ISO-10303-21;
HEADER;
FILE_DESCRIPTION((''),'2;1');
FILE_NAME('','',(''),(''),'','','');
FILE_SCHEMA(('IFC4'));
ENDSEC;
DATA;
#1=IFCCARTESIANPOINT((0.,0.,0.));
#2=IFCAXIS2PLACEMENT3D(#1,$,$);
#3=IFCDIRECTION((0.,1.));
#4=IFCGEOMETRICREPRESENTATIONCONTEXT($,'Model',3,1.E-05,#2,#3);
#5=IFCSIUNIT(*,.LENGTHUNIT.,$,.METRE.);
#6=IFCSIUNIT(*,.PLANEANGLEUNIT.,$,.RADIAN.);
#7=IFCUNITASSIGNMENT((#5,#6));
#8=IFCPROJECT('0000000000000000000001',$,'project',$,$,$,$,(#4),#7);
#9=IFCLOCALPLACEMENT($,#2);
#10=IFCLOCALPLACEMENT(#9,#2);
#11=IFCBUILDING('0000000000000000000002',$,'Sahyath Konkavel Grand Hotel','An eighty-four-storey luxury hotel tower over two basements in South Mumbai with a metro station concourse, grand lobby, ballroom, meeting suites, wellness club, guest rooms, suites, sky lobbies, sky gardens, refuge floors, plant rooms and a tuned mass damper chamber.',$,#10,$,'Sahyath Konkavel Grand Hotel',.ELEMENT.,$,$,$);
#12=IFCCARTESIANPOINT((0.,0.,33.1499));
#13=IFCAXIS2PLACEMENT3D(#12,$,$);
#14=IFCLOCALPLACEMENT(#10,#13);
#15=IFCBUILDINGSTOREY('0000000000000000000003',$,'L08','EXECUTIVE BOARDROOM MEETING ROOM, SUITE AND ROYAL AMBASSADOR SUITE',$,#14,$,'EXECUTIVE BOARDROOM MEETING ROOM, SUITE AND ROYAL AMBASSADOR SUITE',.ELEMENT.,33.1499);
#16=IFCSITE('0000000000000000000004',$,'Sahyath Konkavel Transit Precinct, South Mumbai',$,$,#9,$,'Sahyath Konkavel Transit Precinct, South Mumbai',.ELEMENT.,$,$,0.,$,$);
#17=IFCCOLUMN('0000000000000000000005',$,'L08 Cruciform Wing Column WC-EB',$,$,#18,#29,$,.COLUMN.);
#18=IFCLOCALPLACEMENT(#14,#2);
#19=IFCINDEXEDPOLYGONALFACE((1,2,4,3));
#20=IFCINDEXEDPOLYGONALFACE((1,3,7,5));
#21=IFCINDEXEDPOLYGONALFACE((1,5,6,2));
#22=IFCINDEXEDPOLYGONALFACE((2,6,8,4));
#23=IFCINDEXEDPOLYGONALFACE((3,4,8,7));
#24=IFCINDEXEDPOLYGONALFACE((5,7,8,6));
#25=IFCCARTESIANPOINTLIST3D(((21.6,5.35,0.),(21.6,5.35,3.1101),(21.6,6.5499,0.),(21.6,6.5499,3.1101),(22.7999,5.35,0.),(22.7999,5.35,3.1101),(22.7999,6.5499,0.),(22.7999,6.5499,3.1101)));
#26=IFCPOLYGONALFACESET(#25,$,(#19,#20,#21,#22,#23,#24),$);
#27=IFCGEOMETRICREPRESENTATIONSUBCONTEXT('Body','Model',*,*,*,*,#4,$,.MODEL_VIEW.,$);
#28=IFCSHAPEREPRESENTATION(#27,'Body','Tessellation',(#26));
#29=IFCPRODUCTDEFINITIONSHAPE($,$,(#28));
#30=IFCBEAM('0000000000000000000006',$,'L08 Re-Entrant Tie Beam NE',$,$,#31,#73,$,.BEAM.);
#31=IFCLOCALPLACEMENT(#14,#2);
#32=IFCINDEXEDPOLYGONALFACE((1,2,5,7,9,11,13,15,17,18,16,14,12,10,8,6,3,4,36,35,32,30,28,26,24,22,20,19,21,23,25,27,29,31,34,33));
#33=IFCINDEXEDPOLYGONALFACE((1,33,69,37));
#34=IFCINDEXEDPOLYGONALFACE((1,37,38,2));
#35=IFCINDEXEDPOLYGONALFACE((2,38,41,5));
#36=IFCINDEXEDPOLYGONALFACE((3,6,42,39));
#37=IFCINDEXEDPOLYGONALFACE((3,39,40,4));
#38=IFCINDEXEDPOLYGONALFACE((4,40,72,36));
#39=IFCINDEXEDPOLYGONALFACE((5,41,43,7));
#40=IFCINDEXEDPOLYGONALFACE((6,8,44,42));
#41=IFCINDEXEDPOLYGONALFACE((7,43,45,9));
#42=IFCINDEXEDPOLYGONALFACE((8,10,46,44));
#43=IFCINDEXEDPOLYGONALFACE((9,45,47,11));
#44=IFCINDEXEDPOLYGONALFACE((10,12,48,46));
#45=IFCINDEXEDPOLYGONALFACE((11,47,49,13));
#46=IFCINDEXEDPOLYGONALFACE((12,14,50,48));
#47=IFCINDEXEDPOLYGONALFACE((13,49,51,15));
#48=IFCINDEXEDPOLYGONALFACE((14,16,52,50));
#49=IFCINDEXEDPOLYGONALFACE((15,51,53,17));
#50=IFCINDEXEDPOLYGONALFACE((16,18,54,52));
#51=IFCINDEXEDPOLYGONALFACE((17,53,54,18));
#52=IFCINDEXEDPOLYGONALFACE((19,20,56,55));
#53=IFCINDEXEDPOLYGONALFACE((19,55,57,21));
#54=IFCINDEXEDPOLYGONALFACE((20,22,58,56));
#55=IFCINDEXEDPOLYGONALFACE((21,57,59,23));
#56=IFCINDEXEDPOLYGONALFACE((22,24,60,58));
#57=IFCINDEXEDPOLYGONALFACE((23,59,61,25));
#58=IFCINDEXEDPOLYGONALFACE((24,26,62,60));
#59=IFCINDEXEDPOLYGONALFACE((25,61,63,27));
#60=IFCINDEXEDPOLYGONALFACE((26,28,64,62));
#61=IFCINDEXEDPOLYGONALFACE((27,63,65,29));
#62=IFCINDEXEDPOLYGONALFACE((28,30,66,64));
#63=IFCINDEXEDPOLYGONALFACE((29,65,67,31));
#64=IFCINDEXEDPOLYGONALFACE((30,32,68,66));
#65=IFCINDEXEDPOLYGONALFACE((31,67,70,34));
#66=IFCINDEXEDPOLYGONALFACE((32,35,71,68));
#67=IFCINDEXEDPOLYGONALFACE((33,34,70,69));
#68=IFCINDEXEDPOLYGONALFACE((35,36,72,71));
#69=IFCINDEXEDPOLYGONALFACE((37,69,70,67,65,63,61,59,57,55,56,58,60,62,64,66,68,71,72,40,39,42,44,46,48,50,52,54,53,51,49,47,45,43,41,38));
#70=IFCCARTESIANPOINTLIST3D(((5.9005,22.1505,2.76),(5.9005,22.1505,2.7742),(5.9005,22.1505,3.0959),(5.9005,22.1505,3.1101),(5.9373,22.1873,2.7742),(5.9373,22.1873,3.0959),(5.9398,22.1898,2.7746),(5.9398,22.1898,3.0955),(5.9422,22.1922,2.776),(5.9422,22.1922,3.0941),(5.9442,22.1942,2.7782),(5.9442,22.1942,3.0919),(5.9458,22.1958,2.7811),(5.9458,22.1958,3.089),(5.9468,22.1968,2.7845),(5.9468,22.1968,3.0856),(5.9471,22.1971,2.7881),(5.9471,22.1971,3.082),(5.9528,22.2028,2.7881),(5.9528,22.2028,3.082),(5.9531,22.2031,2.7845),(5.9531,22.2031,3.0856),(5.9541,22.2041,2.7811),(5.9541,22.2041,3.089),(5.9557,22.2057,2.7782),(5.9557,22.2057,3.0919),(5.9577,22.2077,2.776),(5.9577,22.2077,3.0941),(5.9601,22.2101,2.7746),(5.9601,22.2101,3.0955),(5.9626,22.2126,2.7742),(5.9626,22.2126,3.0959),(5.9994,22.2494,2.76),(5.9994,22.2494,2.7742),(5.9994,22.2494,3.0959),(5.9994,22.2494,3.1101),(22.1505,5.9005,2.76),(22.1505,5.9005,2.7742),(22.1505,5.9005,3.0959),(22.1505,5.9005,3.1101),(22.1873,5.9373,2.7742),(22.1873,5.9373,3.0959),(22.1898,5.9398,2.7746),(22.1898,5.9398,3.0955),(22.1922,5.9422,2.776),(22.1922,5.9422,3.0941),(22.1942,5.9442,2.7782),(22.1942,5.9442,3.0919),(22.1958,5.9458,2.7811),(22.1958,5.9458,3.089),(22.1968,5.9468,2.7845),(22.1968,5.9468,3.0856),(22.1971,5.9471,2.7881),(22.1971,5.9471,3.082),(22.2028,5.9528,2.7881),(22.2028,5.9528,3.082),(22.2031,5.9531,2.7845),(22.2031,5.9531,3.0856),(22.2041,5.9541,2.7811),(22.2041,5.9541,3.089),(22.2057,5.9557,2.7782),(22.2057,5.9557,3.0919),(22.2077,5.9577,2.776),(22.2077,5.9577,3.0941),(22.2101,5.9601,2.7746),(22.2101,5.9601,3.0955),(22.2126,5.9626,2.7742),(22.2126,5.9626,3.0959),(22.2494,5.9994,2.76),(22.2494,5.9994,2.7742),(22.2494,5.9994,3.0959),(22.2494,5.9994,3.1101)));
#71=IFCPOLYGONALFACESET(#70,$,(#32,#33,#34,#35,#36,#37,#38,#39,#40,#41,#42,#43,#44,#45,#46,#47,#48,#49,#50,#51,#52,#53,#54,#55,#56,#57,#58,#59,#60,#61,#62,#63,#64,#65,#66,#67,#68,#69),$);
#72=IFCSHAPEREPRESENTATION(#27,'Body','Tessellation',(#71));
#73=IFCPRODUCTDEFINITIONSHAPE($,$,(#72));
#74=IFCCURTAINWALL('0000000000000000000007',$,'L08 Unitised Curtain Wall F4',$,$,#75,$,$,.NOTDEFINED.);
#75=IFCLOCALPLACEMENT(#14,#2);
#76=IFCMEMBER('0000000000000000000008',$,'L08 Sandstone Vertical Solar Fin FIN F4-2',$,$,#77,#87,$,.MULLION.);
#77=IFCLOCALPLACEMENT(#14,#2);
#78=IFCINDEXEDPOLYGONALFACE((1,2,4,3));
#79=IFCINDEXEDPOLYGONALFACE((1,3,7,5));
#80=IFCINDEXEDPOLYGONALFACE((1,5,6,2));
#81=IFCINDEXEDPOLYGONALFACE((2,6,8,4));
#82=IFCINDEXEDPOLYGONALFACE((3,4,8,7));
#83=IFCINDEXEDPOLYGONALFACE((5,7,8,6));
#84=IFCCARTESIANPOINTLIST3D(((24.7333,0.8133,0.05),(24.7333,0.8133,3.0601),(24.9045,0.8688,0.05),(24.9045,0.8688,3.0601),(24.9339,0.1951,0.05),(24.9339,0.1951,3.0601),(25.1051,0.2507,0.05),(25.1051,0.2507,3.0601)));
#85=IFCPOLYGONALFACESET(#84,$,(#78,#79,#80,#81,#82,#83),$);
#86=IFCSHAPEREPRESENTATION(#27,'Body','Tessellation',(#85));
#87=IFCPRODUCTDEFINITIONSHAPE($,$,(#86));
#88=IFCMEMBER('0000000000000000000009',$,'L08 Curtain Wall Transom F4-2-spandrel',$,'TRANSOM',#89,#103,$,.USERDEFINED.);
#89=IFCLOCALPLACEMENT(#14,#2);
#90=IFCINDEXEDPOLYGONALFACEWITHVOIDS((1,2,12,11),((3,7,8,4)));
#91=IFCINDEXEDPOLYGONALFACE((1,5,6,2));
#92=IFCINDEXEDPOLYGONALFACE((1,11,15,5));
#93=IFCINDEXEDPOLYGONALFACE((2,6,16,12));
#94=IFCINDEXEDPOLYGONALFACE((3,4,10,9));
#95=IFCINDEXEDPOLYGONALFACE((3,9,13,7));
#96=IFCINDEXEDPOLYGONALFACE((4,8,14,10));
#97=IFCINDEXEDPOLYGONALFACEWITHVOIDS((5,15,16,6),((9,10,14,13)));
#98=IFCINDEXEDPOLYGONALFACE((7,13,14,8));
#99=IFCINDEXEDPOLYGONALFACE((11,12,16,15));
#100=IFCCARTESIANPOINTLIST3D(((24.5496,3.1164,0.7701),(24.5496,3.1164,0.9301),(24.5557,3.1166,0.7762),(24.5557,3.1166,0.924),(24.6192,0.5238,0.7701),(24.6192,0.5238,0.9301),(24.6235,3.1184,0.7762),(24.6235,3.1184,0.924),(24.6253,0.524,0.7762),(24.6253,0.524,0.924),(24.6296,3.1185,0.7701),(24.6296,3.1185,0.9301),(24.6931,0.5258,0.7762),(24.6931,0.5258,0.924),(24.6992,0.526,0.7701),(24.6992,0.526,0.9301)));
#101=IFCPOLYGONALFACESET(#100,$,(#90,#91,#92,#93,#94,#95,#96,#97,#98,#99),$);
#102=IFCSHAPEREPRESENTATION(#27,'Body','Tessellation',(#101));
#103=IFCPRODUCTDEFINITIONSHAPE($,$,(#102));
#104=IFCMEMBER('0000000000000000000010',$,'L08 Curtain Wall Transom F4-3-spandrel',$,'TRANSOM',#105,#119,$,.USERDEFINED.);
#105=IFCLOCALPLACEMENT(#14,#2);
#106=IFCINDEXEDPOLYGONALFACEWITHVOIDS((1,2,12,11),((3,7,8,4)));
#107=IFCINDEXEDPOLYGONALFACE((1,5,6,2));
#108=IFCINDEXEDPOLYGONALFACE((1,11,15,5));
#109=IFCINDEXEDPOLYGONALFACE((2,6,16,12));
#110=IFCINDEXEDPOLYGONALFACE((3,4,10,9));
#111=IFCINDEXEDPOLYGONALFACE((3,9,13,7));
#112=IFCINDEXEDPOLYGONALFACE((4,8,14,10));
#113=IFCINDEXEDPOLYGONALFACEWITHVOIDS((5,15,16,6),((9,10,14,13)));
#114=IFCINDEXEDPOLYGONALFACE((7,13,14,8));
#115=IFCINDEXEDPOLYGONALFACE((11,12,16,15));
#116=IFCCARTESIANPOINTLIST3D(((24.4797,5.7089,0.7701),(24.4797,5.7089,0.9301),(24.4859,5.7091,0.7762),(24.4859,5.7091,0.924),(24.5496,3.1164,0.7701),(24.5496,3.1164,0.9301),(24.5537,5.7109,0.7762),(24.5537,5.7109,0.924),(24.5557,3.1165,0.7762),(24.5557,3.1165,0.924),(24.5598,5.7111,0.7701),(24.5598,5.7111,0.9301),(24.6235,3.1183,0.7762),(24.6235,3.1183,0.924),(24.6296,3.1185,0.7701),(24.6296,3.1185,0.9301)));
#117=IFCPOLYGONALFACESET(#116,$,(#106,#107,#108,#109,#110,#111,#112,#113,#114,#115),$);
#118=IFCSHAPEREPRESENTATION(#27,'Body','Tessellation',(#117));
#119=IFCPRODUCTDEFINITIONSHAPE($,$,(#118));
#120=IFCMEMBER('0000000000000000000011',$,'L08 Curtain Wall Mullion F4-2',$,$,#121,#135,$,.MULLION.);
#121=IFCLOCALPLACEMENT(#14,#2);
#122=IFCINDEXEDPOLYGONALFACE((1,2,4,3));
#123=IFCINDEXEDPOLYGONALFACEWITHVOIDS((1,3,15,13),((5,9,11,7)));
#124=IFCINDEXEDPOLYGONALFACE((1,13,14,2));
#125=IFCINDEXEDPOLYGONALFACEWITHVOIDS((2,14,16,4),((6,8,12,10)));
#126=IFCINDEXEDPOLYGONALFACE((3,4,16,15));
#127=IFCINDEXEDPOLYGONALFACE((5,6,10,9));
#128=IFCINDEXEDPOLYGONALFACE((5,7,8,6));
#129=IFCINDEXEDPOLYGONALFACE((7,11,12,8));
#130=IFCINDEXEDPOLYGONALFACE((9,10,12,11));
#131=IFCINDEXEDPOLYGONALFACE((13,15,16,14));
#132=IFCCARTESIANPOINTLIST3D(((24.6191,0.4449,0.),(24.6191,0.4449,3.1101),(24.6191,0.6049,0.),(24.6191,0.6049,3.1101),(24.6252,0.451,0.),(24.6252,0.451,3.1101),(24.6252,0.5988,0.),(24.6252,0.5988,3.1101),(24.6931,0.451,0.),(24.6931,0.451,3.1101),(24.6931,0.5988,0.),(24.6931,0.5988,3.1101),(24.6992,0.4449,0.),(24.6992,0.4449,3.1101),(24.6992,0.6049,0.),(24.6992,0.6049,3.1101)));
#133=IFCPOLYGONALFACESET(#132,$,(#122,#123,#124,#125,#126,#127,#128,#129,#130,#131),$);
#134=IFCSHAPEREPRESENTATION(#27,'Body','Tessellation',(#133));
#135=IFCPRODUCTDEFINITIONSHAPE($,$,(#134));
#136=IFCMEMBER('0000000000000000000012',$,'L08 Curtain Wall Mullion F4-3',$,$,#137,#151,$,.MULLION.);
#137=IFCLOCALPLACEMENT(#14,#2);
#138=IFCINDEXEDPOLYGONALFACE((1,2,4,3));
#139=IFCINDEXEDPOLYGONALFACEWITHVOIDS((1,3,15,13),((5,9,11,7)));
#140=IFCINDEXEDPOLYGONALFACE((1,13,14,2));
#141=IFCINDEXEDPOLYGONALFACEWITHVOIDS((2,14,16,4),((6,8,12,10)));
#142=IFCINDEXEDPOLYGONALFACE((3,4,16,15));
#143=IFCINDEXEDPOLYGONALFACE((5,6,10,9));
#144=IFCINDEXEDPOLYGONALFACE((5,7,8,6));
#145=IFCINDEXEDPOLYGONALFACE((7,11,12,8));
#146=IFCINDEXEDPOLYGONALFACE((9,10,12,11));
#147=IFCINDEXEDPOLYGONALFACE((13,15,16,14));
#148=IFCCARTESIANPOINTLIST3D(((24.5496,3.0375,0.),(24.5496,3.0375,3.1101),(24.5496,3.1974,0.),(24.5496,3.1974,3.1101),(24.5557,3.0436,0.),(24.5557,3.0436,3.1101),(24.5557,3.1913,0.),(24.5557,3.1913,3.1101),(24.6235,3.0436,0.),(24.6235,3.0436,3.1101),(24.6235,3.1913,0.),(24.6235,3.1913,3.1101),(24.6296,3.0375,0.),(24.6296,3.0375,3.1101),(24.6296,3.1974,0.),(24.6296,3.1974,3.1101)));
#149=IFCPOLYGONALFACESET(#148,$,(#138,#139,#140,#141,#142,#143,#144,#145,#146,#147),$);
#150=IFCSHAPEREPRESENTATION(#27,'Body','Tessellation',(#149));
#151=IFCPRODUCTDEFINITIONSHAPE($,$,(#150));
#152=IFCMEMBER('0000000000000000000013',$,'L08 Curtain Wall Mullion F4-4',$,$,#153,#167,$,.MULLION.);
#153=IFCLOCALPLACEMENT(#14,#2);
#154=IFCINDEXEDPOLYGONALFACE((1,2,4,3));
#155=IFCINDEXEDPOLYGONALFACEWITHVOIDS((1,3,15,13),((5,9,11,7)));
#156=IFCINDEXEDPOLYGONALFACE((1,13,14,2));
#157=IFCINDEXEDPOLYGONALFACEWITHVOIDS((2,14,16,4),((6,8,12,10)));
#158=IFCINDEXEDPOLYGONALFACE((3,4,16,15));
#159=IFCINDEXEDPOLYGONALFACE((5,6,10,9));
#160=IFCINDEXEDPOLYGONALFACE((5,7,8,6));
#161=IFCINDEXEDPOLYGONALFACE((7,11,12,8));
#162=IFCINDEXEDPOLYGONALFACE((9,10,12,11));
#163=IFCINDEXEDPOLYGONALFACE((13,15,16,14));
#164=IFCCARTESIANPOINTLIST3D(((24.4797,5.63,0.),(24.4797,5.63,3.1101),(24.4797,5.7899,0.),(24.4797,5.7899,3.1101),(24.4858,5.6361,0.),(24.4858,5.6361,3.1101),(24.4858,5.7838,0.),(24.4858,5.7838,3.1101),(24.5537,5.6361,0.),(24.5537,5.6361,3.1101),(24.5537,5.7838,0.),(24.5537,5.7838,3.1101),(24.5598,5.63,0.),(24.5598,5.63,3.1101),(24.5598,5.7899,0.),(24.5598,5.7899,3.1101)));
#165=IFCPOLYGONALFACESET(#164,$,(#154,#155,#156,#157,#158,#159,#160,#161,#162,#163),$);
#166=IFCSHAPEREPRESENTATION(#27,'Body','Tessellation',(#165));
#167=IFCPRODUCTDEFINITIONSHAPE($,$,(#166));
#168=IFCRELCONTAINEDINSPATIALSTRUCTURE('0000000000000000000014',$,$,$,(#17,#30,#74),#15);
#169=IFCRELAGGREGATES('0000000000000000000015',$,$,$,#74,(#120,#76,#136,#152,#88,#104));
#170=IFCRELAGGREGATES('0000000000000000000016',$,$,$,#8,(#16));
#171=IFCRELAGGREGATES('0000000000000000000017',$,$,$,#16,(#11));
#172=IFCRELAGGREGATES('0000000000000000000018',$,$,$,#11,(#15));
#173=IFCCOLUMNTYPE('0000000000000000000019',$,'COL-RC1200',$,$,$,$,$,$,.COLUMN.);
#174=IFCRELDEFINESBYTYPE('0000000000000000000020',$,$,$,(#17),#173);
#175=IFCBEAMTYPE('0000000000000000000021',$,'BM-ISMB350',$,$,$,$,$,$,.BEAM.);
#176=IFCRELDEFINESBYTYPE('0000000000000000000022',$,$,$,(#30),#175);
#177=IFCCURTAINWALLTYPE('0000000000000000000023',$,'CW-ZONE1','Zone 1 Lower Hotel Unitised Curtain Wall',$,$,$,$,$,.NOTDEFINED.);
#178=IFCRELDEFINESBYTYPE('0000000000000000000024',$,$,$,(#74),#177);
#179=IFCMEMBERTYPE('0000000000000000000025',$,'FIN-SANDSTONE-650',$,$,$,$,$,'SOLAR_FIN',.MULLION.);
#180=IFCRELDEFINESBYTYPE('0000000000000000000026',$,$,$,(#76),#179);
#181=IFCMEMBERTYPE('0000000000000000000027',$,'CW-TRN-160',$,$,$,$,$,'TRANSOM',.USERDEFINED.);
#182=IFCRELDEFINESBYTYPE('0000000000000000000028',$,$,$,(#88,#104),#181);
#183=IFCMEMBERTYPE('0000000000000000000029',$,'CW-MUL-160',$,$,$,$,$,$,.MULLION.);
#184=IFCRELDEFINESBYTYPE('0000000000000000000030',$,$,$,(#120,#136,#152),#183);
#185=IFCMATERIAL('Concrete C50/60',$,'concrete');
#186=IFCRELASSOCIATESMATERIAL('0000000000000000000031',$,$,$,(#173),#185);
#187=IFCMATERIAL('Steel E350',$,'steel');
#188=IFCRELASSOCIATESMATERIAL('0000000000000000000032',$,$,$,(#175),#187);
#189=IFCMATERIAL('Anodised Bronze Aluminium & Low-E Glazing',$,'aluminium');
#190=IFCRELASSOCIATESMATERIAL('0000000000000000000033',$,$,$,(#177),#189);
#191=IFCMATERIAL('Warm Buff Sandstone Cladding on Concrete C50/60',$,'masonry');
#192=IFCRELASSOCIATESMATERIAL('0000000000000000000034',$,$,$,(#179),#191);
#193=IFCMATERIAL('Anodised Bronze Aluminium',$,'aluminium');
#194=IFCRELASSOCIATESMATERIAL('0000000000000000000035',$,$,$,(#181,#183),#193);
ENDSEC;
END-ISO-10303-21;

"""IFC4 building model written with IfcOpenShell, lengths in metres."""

from ifc_helpers import new_model, si_unit, direction, frame, origin, origin_2d, place, context, subcontext, project, spatial, rectangle, hollow_rectangle, i_section, extrude, source, transform, mapped, material, material_profile, profile_set, type_object, element, aggregate, save


model = new_model("IFC4")

# Units and contexts
model_context = context("Model", 3, precision=1e-05, world=origin(), true_north=direction((0.0, 1.0)))
body_context = subcontext(model_context, "Body", "Model", "MODEL_VIEW")
ifc_project = project(units=[si_unit("LENGTHUNIT", "METRE"), si_unit("PLANEANGLEUNIT", "RADIAN")], contexts=[model_context])

# Site, building, storey
site_placement = place(None, origin())
site = spatial("IfcSite", under=ifc_project, at=site_placement, Name="Sahyath Konkavel Transit Precinct, South Mumbai", LongName="Sahyath Konkavel Transit Precinct, South Mumbai", CompositionType="ELEMENT", RefElevation=0.0)
building_placement = place(site_placement, origin())
building = spatial("IfcBuilding", under=site, at=building_placement, Name="Sahyath Konkavel Grand Hotel", Description="An eighty-four-storey luxury hotel tower over two basements in South Mumbai with a metro station concourse, grand lobby, ballroom, meeting suites, wellness club, guest rooms, suites, sky lobbies, sky gardens, refuge floors, plant rooms and a tuned mass damper chamber.", LongName="Sahyath Konkavel Grand Hotel", CompositionType="ELEMENT")
storey_placement = place(building_placement, frame((0.0, 0.0, 33.1499)))
storey = spatial("IfcBuildingStorey", under=building, at=storey_placement, Name="L08", Description="EXECUTIVE BOARDROOM MEETING ROOM, SUITE AND ROYAL AMBASSADOR SUITE", LongName="EXECUTIVE BOARDROOM MEETING ROOM, SUITE AND ROYAL AMBASSADOR SUITE", CompositionType="ELEMENT", Elevation=33.1499)

# Column
ifc_material_1 = material(Name="Concrete C50/60", Category="concrete")
ifc_material_profile_1 = material_profile(ifc_material_1, rectangle(XDim=1.2, YDim=1.2, at=origin_2d()), Name="RC 1200x1200")
ifc_profile_set_1 = profile_set([ifc_material_profile_1], Name="Concrete C50/60")
column_type = type_object("IfcColumnType", Name="COL-RC1200", PredefinedType="COLUMN", material=ifc_profile_set_1)
shared_shape_1 = source(origin(), body_context, "Body", "SweptSolid", [
    extrude(rectangle(XDim=1.2, YDim=1.2, at=origin_2d()), origin(), (0.0, 0.0, 1.0), 3.1101),
])
column_placement = place(storey_placement, frame((22.2, 5.95, 0.0), z_axis=(0.0, 0.0, 1.0), x_axis=(1.0, 0.0, 0.0)))
element("IfcColumn", 1, at=column_placement, inside=storey, type_object=column_type, Name="L08 Cruciform Wing Column WC-EB", PredefinedType="COLUMN", context=body_context, shape_type="MappedRepresentation", body=[
    mapped(shared_shape_1, transform((0.0, 0.0, 0.0), scale=1.0)),
])

# Beam
ifc_material_2 = material(Name="Steel E350", Category="steel")
ifc_material_profile_2 = material_profile(ifc_material_2, i_section(OverallWidth=0.1399, OverallDepth=0.3501, WebThickness=0.0081, FlangeThickness=0.0142, FilletRadius=0.0139, at=origin_2d()), Name="ISMB 350")
ifc_profile_set_2 = profile_set([ifc_material_profile_2], Name="Steel E350")
beam_type_1 = type_object("IfcBeamType", Name="BM-ISMB350", PredefinedType="BEAM", material=ifc_profile_set_2)
shared_shape_2 = source(origin(), body_context, "Body", "SweptSolid", [
    extrude(i_section(OverallWidth=0.1399, OverallDepth=0.3501, WebThickness=0.0081, FlangeThickness=0.0142, FilletRadius=0.0139, at=origin_2d()), origin(), (0.0, 0.0, 1.0), 22.981),
])
beam_1_placement = place(storey_placement, frame((22.2, 5.95, 2.9351), z_axis=(-0.707107, 0.707107, 0.0), x_axis=(-0.707107, -0.707107, 0.0)))
element("IfcBeam", 2, at=beam_1_placement, inside=storey, type_object=beam_type_1, Name="L08 Re-Entrant Tie Beam NE", PredefinedType="BEAM", context=body_context, shape_type="MappedRepresentation", body=[
    mapped(shared_shape_2, transform((0.0, 0.0, 0.0), scale=1.0)),
])

# Curtain wall, members
ifc_material_3 = material(Name="Anodised Bronze Aluminium & Low-E Glazing", Category="aluminium")
curtain_wall_type = type_object("IfcCurtainWallType", Name="CW-ZONE1", Description="Zone 1 Lower Hotel Unitised Curtain Wall", PredefinedType="NOTDEFINED", material=ifc_material_3)
curtain_wall_placement = place(storey_placement, origin())
curtain_wall = element("IfcCurtainWall", 3, at=curtain_wall_placement, inside=storey, type_object=curtain_wall_type, Name="L08 Unitised Curtain Wall F4", PredefinedType="NOTDEFINED")
ifc_material_4 = material(Name="Warm Buff Sandstone Cladding on Concrete C50/60", Category="masonry")
ifc_material_profile_3 = material_profile(ifc_material_4, rectangle(XDim=0.1799, YDim=0.6499, at=origin_2d()), Name="FIN 180x650")
ifc_profile_set_3 = profile_set([ifc_material_profile_3], Name="Warm Buff Sandstone Cladding on Concrete C50/60")
member_type_1 = type_object("IfcMemberType", Name="FIN-SANDSTONE-650", ElementType="SOLAR_FIN", PredefinedType="MULLION", material=ifc_profile_set_3)
shared_shape_3 = source(origin(), body_context, "Body", "SweptSolid", [
    extrude(rectangle(XDim=0.1799, YDim=0.6499, at=origin_2d()), origin(), (0.0, 0.0, 1.0), 3.01),
])
member_1_placement = place(storey_placement, frame((24.9192, 0.532, 0.05), z_axis=(0.0, 0.0, 1.0), x_axis=(0.951164, 0.308685, 0.0)))
member_1 = element("IfcMember", 4, at=member_1_placement, type_object=member_type_1, Name="L08 Sandstone Vertical Solar Fin FIN F4-2", PredefinedType="MULLION", context=body_context, shape_type="MappedRepresentation", body=[
    mapped(shared_shape_3, transform((0.0, 0.0, 0.0), scale=1.0)),
])
ifc_material_5 = material(Name="Anodised Bronze Aluminium", Category="aluminium")
ifc_material_profile_4 = material_profile(ifc_material_5, hollow_rectangle(XDim=0.0801, YDim=0.1599, WallThickness=0.0061, at=origin_2d()), Name="RHS 160x80x6")
ifc_profile_set_4 = profile_set([ifc_material_profile_4], Name="Anodised Bronze Aluminium")
member_type_2 = type_object("IfcMemberType", Name="CW-TRN-160", ElementType="TRANSOM", PredefinedType="USERDEFINED", material=ifc_profile_set_4)
shared_shape_4 = source(origin(), body_context, "Body", "SweptSolid", [
    extrude(hollow_rectangle(XDim=0.0801, YDim=0.1599, WallThickness=0.0061, at=origin_2d()), origin(), (0.0, 0.0, 1.0), 2.5935),
])
member_2_placement = place(storey_placement, frame((24.6592, 0.5249, 0.8501), z_axis=(-0.026829, 0.99964, 0.0), x_axis=(-0.99964, -0.026829, 0.0)))
member_2 = element("IfcMember", 5, at=member_2_placement, type_object=member_type_2, Name="L08 Curtain Wall Transom F4-2-spandrel", ObjectType="TRANSOM", PredefinedType="USERDEFINED", context=body_context, shape_type="MappedRepresentation", body=[
    mapped(shared_shape_4, transform((0.0, 0.0, 0.0), scale=1.0)),
])
member_3_placement = place(storey_placement, frame((24.5896, 3.1174, 0.8501), z_axis=(-0.026923, 0.999638, 0.0), x_axis=(-0.999638, -0.026923, 0.0)))
member_3 = element("IfcMember", 6, at=member_3_placement, type_object=member_type_2, Name="L08 Curtain Wall Transom F4-3-spandrel", ObjectType="TRANSOM", PredefinedType="USERDEFINED", context=body_context, shape_type="MappedRepresentation", body=[
    mapped(shared_shape_4, transform((0.0, 0.0, 0.0), scale=1.0)),
])
ifc_material_profile_5 = material_profile(ifc_material_5, hollow_rectangle(XDim=0.0801, YDim=0.1599, WallThickness=0.0061, at=origin_2d()), Name="RHS 160x80x6")
ifc_profile_set_5 = profile_set([ifc_material_profile_5], Name="Anodised Bronze Aluminium")
member_type_3 = type_object("IfcMemberType", Name="CW-MUL-160", PredefinedType="MULLION", material=ifc_profile_set_5)
shared_shape_5 = source(origin(), body_context, "Body", "SweptSolid", [
    extrude(hollow_rectangle(XDim=0.0801, YDim=0.1599, WallThickness=0.0061, at=origin_2d()), origin(), (0.0, 0.0, 1.0), 3.1101),
])
member_4_placement = place(storey_placement, frame((24.6592, 0.5249, 0.0), z_axis=(0.0, 0.0, 1.0), x_axis=(1.0, 0.0, 0.0)))
member_4 = element("IfcMember", 7, at=member_4_placement, type_object=member_type_3, Name="L08 Curtain Wall Mullion F4-2", PredefinedType="MULLION", context=body_context, shape_type="MappedRepresentation", body=[
    mapped(shared_shape_5, transform((0.0, 0.0, 0.0), scale=1.0)),
])
member_5_placement = place(storey_placement, frame((24.5896, 3.1174, 0.0), z_axis=(0.0, 0.0, 1.0), x_axis=(1.0, 0.0, 0.0)))
member_5 = element("IfcMember", 8, at=member_5_placement, type_object=member_type_3, Name="L08 Curtain Wall Mullion F4-3", PredefinedType="MULLION", context=body_context, shape_type="MappedRepresentation", body=[
    mapped(shared_shape_5, transform((0.0, 0.0, 0.0), scale=1.0)),
])
member_6_placement = place(storey_placement, frame((24.5198, 5.71, 0.0), z_axis=(0.0, 0.0, 1.0), x_axis=(1.0, 0.0, 0.0)))
member_6 = element("IfcMember", 9, at=member_6_placement, type_object=member_type_3, Name="L08 Curtain Wall Mullion F4-4", PredefinedType="MULLION", context=body_context, shape_type="MappedRepresentation", body=[
    mapped(shared_shape_5, transform((0.0, 0.0, 0.0), scale=1.0)),
])

aggregate(curtain_wall, [member_4, member_1, member_5, member_6, member_2, member_3])

save(model, "model.ifc")
